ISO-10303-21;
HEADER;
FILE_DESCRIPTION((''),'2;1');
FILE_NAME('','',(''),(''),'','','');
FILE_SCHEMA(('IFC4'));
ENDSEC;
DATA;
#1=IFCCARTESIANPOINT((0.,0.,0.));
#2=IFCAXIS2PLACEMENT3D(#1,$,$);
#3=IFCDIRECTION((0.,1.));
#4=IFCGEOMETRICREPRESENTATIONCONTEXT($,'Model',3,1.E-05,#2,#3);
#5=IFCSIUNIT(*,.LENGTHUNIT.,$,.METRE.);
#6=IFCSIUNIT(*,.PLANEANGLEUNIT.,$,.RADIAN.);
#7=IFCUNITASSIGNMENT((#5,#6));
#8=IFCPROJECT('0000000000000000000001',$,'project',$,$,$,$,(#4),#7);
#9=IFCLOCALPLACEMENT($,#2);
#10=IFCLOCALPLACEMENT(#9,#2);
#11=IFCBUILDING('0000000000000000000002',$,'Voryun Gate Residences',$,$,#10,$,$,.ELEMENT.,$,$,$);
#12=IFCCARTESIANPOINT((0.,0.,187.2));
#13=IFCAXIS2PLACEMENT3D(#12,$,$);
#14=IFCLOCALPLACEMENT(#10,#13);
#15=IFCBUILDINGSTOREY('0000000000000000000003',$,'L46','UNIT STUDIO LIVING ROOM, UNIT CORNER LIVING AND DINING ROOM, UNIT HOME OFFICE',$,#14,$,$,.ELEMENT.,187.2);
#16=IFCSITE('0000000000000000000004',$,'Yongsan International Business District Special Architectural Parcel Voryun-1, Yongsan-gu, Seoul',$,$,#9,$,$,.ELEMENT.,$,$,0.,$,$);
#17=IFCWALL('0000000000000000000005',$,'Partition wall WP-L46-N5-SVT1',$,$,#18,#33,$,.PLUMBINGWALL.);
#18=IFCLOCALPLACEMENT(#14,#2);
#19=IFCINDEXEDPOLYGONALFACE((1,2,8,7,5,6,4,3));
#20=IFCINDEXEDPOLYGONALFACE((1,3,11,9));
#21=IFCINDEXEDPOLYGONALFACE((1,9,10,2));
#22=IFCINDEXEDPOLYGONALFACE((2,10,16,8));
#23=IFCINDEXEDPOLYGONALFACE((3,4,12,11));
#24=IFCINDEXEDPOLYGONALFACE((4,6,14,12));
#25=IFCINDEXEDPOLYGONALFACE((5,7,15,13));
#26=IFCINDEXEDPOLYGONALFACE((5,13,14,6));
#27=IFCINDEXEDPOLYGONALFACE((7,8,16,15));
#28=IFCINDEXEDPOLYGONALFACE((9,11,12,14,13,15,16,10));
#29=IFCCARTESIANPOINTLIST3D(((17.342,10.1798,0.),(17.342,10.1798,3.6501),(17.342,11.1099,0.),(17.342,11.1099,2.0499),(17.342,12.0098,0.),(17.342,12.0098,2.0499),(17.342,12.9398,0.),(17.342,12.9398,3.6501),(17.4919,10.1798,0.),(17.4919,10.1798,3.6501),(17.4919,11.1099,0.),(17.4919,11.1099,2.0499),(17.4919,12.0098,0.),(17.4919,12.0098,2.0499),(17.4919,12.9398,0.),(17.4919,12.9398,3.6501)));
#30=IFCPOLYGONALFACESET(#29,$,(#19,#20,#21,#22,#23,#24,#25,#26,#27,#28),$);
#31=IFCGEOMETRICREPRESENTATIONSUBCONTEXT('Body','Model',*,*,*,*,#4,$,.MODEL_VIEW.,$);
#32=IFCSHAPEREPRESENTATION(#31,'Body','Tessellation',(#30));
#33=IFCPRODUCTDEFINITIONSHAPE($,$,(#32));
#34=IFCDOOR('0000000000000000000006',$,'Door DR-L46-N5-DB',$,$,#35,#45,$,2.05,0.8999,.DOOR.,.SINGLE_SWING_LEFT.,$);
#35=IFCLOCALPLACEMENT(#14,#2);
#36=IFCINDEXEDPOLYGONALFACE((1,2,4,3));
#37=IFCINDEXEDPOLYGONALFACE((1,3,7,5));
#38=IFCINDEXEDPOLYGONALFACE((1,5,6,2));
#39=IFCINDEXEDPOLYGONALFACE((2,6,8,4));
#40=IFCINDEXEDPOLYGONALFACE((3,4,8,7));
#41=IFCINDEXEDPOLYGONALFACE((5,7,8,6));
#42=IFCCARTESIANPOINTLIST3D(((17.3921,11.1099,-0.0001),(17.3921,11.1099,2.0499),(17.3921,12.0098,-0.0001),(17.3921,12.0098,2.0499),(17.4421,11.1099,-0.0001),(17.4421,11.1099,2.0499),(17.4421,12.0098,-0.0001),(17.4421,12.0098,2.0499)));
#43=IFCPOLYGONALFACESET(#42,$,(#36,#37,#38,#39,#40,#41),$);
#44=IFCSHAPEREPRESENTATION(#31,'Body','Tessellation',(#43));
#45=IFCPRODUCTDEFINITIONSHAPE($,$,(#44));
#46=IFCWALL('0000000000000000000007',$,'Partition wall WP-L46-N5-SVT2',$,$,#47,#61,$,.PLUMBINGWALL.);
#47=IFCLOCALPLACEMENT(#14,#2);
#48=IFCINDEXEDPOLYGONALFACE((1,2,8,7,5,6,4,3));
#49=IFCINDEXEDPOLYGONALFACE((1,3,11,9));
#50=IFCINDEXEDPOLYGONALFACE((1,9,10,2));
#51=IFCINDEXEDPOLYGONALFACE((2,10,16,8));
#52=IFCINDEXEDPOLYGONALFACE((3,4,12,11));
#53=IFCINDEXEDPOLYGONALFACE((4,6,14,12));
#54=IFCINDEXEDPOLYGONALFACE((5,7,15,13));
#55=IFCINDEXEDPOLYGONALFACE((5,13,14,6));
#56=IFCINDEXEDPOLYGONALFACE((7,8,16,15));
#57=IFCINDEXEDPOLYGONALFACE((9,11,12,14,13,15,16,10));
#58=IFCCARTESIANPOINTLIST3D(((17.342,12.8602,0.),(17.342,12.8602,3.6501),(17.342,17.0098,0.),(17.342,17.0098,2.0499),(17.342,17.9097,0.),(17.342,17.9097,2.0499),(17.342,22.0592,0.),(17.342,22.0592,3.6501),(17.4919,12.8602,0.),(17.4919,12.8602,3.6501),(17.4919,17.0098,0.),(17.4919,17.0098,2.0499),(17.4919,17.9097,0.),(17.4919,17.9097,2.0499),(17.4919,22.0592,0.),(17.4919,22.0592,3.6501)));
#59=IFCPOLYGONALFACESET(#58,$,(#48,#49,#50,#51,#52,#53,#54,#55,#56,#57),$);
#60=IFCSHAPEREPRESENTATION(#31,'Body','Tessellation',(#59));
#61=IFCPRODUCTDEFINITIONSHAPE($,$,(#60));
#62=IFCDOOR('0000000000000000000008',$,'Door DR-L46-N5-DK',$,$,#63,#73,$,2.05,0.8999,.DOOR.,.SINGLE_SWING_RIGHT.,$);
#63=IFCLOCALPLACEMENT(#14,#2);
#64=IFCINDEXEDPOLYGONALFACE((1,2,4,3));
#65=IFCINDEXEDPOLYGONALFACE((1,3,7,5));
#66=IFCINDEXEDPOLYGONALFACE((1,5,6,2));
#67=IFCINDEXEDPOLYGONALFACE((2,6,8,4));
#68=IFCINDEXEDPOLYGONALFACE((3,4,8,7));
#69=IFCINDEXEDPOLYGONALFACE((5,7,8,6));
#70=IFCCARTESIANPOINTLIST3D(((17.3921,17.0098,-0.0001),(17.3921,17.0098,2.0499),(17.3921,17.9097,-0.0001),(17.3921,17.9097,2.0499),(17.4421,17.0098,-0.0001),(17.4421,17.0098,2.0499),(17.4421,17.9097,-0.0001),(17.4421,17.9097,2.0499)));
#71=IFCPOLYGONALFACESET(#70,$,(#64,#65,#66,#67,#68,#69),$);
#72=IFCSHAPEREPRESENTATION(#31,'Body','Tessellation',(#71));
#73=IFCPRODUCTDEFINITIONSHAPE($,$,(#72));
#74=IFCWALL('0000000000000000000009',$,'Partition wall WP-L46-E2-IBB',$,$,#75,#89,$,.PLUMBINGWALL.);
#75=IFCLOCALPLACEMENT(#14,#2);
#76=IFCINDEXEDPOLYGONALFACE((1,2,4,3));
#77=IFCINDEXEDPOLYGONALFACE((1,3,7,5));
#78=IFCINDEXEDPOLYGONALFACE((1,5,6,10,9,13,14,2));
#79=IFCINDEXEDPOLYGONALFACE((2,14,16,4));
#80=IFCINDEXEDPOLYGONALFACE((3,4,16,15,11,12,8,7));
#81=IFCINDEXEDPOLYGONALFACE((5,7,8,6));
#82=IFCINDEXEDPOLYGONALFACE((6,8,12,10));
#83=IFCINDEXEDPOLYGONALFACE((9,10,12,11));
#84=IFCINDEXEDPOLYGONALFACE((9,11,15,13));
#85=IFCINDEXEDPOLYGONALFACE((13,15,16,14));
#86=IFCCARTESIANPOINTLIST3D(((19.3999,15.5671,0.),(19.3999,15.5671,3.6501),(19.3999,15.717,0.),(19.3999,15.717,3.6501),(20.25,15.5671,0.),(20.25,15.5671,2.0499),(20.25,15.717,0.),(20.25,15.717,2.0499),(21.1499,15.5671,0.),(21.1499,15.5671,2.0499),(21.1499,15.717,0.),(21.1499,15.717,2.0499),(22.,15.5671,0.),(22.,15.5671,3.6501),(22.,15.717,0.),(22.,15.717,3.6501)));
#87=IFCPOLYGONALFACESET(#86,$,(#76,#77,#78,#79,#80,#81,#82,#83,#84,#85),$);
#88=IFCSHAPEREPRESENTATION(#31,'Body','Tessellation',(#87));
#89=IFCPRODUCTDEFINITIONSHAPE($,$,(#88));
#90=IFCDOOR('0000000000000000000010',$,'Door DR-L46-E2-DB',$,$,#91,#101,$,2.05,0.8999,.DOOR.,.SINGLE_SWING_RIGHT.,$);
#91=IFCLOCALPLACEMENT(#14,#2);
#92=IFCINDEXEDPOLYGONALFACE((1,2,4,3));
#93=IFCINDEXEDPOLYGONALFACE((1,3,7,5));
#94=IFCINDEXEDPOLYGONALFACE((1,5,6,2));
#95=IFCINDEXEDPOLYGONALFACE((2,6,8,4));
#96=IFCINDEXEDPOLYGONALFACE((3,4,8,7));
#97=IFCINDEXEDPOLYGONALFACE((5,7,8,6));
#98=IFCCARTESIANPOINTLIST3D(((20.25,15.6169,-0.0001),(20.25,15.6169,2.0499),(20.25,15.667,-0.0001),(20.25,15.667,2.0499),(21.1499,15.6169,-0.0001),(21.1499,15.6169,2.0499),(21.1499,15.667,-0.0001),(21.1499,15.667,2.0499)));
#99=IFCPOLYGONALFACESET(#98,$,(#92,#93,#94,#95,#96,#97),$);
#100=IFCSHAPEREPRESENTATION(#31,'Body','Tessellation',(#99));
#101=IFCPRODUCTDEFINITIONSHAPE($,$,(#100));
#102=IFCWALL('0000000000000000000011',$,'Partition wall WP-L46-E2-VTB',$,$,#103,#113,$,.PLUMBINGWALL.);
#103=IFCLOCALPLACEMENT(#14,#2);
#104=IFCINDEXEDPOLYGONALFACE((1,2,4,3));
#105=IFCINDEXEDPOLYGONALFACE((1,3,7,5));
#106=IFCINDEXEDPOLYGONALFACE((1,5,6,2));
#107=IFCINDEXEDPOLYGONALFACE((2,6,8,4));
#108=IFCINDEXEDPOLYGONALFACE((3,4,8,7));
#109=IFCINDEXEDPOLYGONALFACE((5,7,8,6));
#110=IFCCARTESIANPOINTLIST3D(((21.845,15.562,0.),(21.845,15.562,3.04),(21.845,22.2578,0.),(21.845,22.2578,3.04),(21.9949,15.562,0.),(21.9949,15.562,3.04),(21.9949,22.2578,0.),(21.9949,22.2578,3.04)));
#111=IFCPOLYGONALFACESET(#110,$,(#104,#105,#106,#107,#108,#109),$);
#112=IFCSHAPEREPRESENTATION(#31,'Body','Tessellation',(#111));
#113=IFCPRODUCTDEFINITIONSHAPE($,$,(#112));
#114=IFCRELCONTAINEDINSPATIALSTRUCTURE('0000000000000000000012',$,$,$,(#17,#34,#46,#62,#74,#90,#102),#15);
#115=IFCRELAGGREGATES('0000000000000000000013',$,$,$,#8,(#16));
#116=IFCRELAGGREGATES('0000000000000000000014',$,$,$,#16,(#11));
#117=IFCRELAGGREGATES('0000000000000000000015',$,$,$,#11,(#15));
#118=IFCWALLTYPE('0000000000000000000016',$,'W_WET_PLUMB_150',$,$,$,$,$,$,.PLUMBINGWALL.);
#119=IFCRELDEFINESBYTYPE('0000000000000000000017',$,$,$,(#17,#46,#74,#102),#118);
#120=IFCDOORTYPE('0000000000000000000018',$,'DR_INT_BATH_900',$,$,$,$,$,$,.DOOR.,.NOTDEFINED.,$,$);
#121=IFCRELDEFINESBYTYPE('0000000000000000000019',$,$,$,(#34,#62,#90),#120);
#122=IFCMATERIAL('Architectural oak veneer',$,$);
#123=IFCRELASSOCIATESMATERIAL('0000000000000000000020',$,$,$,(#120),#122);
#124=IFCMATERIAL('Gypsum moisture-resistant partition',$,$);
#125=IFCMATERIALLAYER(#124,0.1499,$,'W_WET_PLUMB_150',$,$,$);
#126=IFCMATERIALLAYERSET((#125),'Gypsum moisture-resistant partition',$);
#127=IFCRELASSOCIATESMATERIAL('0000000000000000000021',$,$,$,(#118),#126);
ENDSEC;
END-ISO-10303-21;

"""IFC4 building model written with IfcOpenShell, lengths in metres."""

from ifc_helpers import new_model, si_unit, direction, frame, frame_2d, origin, place, context, subcontext, project, spatial, rectangle, extrude, material, layer, layer_set, type_object, element, fill, save


model = new_model("IFC4")

# Units and contexts
model_context = context("Model", 3, precision=1e-05, world=origin(), true_north=direction((0.0, 1.0)))
body_context = subcontext(model_context, "Body", "Model", "MODEL_VIEW")
ifc_project = project(units=[si_unit("LENGTHUNIT", "METRE"), si_unit("PLANEANGLEUNIT", "RADIAN")], contexts=[model_context])

# Site, building, storey
site_placement = place(None, origin())
site = spatial("IfcSite", under=ifc_project, at=site_placement, Name="Yongsan International Business District Special Architectural Parcel Voryun-1, Yongsan-gu, Seoul", CompositionType="ELEMENT", RefElevation=0.0)
building_placement = place(site_placement, origin())
building = spatial("IfcBuilding", under=site, at=building_placement, Name="Voryun Gate Residences", CompositionType="ELEMENT")
storey_placement = place(building_placement, frame((0.0, 0.0, 187.2)))
storey = spatial("IfcBuildingStorey", under=building, at=storey_placement, Name="L46", Description="UNIT STUDIO LIVING ROOM, UNIT CORNER LIVING AND DINING ROOM, UNIT HOME OFFICE", CompositionType="ELEMENT", Elevation=187.2)

# Shared definitions
ifc_material_1 = material(Name="Architectural oak veneer")
door_type = type_object("IfcDoorType", Name="DR_INT_BATH_900", OperationType="NOTDEFINED", PredefinedType="DOOR", material=ifc_material_1)

# Shared definitions
ifc_material_2 = material(Name="Gypsum moisture-resistant partition")
ifc_layer_1 = layer(ifc_material_2, 0.1499, Name="W_WET_PLUMB_150")
ifc_layer_set_1 = layer_set([ifc_layer_1], Name="Gypsum moisture-resistant partition")
wall_type_1 = type_object("IfcWallType", Name="W_WET_PLUMB_150", PredefinedType="PLUMBINGWALL", material=ifc_layer_set_1)

# Walls, openings, doors
wall_1_placement = place(storey_placement, frame((17.417, 10.1799, 0.0), z_axis=(0.0, 0.0, 1.0), x_axis=(0.0, 1.0, 0.0)))
wall_1 = element("IfcWall", 1, at=wall_1_placement, inside=storey, type_object=wall_type_1, Name="Partition wall WP-L46-N5-SVT1", PredefinedType="PLUMBINGWALL", context=body_context, shape_type="SweptSolid", body=[
    extrude(rectangle(XDim=2.76, YDim=0.1499, at=frame_2d((1.3799, 0.0))), origin(), (0.0, 0.0, 1.0), 3.6501),
])
opening_1_placement = place(wall_1_placement, frame((0.9299, 0.0, 0.0)))
opening_1 = element("IfcOpeningElement", 2, at=opening_1_placement, cuts=wall_1, PredefinedType="OPENING", context=body_context, shape_type="SweptSolid", body=[
    extrude(rectangle(XDim=0.8999, YDim=2.05, at=frame_2d((0.45, 1.0249))), frame((0.0, 0.085, 0.0), z_axis=(0.0, -1.0, 0.0), x_axis=(1.0, 0.0, 0.0)), (0.0, 0.0, 1.0), 0.1699),
])
door_1_placement = place(opening_1_placement, origin())
door_1 = element("IfcDoor", 3, at=door_1_placement, inside=storey, type_object=door_type, Name="Door DR-L46-N5-DB", OperationType="SINGLE_SWING_LEFT", OverallHeight=2.05, OverallWidth=0.8999, PredefinedType="DOOR", context=body_context, shape_type="SweptSolid", body=[
    extrude(rectangle(XDim=0.8999, YDim=2.05, at=frame_2d((0.45, 1.0249))), frame((0.0, 0.0249, 0.0), z_axis=(0.0, -1.0, 0.0), x_axis=(1.0, 0.0, 0.0)), (0.0, 0.0, 1.0), 0.05),
])
fill(opening_1, door_1)
wall_2_placement = place(storey_placement, frame((17.417, 12.8601, 0.0), z_axis=(0.0, 0.0, 1.0), x_axis=(0.0, 1.0, 0.0)))
wall_2 = element("IfcWall", 4, at=wall_2_placement, inside=storey, type_object=wall_type_1, Name="Partition wall WP-L46-N5-SVT2", PredefinedType="PLUMBINGWALL", context=body_context, shape_type="SweptSolid", body=[
    extrude(rectangle(XDim=9.199, YDim=0.1499, at=frame_2d((4.5996, 0.0))), origin(), (0.0, 0.0, 1.0), 3.6501),
])
opening_2_placement = place(wall_2_placement, frame((4.1497, 0.0, 0.0)))
opening_2 = element("IfcOpeningElement", 5, at=opening_2_placement, cuts=wall_2, PredefinedType="OPENING", context=body_context, shape_type="SweptSolid", body=[
    extrude(rectangle(XDim=0.8999, YDim=2.05, at=frame_2d((0.45, 1.0249))), frame((0.0, 0.085, 0.0), z_axis=(0.0, -1.0, 0.0), x_axis=(1.0, 0.0, 0.0)), (0.0, 0.0, 1.0), 0.1699),
])
door_2_placement = place(opening_2_placement, origin())
door_2 = element("IfcDoor", 6, at=door_2_placement, inside=storey, type_object=door_type, Name="Door DR-L46-N5-DK", OperationType="SINGLE_SWING_RIGHT", OverallHeight=2.05, OverallWidth=0.8999, PredefinedType="DOOR", context=body_context, shape_type="SweptSolid", body=[
    extrude(rectangle(XDim=0.8999, YDim=2.05, at=frame_2d((0.45, 1.0249))), frame((0.0, 0.0249, 0.0), z_axis=(0.0, -1.0, 0.0), x_axis=(1.0, 0.0, 0.0)), (0.0, 0.0, 1.0), 0.05),
])
fill(opening_2, door_2)
wall_3_placement = place(storey_placement, frame((19.3999, 15.6421, 0.0), z_axis=(0.0, 0.0, 1.0), x_axis=(1.0, 0.0, 0.0)))
wall_3 = element("IfcWall", 7, at=wall_3_placement, inside=storey, type_object=wall_type_1, Name="Partition wall WP-L46-E2-IBB", PredefinedType="PLUMBINGWALL", context=body_context, shape_type="SweptSolid", body=[
    extrude(rectangle(XDim=2.6001, YDim=0.1499, at=frame_2d((1.3, 0.0))), origin(), (0.0, 0.0, 1.0), 3.6501),
])
opening_3_placement = place(wall_3_placement, frame((0.8501, 0.0, 0.0)))
opening_3 = element("IfcOpeningElement", 8, at=opening_3_placement, cuts=wall_3, PredefinedType="OPENING", context=body_context, shape_type="SweptSolid", body=[
    extrude(rectangle(XDim=0.8999, YDim=2.05, at=frame_2d((0.45, 1.0249))), frame((0.0, 0.085, 0.0), z_axis=(0.0, -1.0, 0.0), x_axis=(1.0, 0.0, 0.0)), (0.0, 0.0, 1.0), 0.1699),
])
door_3_placement = place(opening_3_placement, origin())
door_3 = element("IfcDoor", 9, at=door_3_placement, inside=storey, type_object=door_type, Name="Door DR-L46-E2-DB", OperationType="SINGLE_SWING_RIGHT", OverallHeight=2.05, OverallWidth=0.8999, PredefinedType="DOOR", context=body_context, shape_type="SweptSolid", body=[
    extrude(rectangle(XDim=0.8999, YDim=2.05, at=frame_2d((0.45, 1.0249))), frame((0.0, 0.0249, 0.0), z_axis=(0.0, -1.0, 0.0), x_axis=(1.0, 0.0, 0.0)), (0.0, 0.0, 1.0), 0.05),
])
fill(opening_3, door_3)

# Wall
wall_4_placement = place(storey_placement, frame((21.9199, 15.562, 0.0), z_axis=(0.0, 0.0, 1.0), x_axis=(0.0, 1.0, 0.0)))
element("IfcWall", 10, at=wall_4_placement, inside=storey, type_object=wall_type_1, Name="Partition wall WP-L46-E2-VTB", PredefinedType="PLUMBINGWALL", context=body_context, shape_type="SweptSolid", body=[
    extrude(rectangle(XDim=6.6958, YDim=0.1499, at=frame_2d((3.3479, 0.0))), origin(), (0.0, 0.0, 1.0), 3.04),
])

save(model, "model.ifc")
